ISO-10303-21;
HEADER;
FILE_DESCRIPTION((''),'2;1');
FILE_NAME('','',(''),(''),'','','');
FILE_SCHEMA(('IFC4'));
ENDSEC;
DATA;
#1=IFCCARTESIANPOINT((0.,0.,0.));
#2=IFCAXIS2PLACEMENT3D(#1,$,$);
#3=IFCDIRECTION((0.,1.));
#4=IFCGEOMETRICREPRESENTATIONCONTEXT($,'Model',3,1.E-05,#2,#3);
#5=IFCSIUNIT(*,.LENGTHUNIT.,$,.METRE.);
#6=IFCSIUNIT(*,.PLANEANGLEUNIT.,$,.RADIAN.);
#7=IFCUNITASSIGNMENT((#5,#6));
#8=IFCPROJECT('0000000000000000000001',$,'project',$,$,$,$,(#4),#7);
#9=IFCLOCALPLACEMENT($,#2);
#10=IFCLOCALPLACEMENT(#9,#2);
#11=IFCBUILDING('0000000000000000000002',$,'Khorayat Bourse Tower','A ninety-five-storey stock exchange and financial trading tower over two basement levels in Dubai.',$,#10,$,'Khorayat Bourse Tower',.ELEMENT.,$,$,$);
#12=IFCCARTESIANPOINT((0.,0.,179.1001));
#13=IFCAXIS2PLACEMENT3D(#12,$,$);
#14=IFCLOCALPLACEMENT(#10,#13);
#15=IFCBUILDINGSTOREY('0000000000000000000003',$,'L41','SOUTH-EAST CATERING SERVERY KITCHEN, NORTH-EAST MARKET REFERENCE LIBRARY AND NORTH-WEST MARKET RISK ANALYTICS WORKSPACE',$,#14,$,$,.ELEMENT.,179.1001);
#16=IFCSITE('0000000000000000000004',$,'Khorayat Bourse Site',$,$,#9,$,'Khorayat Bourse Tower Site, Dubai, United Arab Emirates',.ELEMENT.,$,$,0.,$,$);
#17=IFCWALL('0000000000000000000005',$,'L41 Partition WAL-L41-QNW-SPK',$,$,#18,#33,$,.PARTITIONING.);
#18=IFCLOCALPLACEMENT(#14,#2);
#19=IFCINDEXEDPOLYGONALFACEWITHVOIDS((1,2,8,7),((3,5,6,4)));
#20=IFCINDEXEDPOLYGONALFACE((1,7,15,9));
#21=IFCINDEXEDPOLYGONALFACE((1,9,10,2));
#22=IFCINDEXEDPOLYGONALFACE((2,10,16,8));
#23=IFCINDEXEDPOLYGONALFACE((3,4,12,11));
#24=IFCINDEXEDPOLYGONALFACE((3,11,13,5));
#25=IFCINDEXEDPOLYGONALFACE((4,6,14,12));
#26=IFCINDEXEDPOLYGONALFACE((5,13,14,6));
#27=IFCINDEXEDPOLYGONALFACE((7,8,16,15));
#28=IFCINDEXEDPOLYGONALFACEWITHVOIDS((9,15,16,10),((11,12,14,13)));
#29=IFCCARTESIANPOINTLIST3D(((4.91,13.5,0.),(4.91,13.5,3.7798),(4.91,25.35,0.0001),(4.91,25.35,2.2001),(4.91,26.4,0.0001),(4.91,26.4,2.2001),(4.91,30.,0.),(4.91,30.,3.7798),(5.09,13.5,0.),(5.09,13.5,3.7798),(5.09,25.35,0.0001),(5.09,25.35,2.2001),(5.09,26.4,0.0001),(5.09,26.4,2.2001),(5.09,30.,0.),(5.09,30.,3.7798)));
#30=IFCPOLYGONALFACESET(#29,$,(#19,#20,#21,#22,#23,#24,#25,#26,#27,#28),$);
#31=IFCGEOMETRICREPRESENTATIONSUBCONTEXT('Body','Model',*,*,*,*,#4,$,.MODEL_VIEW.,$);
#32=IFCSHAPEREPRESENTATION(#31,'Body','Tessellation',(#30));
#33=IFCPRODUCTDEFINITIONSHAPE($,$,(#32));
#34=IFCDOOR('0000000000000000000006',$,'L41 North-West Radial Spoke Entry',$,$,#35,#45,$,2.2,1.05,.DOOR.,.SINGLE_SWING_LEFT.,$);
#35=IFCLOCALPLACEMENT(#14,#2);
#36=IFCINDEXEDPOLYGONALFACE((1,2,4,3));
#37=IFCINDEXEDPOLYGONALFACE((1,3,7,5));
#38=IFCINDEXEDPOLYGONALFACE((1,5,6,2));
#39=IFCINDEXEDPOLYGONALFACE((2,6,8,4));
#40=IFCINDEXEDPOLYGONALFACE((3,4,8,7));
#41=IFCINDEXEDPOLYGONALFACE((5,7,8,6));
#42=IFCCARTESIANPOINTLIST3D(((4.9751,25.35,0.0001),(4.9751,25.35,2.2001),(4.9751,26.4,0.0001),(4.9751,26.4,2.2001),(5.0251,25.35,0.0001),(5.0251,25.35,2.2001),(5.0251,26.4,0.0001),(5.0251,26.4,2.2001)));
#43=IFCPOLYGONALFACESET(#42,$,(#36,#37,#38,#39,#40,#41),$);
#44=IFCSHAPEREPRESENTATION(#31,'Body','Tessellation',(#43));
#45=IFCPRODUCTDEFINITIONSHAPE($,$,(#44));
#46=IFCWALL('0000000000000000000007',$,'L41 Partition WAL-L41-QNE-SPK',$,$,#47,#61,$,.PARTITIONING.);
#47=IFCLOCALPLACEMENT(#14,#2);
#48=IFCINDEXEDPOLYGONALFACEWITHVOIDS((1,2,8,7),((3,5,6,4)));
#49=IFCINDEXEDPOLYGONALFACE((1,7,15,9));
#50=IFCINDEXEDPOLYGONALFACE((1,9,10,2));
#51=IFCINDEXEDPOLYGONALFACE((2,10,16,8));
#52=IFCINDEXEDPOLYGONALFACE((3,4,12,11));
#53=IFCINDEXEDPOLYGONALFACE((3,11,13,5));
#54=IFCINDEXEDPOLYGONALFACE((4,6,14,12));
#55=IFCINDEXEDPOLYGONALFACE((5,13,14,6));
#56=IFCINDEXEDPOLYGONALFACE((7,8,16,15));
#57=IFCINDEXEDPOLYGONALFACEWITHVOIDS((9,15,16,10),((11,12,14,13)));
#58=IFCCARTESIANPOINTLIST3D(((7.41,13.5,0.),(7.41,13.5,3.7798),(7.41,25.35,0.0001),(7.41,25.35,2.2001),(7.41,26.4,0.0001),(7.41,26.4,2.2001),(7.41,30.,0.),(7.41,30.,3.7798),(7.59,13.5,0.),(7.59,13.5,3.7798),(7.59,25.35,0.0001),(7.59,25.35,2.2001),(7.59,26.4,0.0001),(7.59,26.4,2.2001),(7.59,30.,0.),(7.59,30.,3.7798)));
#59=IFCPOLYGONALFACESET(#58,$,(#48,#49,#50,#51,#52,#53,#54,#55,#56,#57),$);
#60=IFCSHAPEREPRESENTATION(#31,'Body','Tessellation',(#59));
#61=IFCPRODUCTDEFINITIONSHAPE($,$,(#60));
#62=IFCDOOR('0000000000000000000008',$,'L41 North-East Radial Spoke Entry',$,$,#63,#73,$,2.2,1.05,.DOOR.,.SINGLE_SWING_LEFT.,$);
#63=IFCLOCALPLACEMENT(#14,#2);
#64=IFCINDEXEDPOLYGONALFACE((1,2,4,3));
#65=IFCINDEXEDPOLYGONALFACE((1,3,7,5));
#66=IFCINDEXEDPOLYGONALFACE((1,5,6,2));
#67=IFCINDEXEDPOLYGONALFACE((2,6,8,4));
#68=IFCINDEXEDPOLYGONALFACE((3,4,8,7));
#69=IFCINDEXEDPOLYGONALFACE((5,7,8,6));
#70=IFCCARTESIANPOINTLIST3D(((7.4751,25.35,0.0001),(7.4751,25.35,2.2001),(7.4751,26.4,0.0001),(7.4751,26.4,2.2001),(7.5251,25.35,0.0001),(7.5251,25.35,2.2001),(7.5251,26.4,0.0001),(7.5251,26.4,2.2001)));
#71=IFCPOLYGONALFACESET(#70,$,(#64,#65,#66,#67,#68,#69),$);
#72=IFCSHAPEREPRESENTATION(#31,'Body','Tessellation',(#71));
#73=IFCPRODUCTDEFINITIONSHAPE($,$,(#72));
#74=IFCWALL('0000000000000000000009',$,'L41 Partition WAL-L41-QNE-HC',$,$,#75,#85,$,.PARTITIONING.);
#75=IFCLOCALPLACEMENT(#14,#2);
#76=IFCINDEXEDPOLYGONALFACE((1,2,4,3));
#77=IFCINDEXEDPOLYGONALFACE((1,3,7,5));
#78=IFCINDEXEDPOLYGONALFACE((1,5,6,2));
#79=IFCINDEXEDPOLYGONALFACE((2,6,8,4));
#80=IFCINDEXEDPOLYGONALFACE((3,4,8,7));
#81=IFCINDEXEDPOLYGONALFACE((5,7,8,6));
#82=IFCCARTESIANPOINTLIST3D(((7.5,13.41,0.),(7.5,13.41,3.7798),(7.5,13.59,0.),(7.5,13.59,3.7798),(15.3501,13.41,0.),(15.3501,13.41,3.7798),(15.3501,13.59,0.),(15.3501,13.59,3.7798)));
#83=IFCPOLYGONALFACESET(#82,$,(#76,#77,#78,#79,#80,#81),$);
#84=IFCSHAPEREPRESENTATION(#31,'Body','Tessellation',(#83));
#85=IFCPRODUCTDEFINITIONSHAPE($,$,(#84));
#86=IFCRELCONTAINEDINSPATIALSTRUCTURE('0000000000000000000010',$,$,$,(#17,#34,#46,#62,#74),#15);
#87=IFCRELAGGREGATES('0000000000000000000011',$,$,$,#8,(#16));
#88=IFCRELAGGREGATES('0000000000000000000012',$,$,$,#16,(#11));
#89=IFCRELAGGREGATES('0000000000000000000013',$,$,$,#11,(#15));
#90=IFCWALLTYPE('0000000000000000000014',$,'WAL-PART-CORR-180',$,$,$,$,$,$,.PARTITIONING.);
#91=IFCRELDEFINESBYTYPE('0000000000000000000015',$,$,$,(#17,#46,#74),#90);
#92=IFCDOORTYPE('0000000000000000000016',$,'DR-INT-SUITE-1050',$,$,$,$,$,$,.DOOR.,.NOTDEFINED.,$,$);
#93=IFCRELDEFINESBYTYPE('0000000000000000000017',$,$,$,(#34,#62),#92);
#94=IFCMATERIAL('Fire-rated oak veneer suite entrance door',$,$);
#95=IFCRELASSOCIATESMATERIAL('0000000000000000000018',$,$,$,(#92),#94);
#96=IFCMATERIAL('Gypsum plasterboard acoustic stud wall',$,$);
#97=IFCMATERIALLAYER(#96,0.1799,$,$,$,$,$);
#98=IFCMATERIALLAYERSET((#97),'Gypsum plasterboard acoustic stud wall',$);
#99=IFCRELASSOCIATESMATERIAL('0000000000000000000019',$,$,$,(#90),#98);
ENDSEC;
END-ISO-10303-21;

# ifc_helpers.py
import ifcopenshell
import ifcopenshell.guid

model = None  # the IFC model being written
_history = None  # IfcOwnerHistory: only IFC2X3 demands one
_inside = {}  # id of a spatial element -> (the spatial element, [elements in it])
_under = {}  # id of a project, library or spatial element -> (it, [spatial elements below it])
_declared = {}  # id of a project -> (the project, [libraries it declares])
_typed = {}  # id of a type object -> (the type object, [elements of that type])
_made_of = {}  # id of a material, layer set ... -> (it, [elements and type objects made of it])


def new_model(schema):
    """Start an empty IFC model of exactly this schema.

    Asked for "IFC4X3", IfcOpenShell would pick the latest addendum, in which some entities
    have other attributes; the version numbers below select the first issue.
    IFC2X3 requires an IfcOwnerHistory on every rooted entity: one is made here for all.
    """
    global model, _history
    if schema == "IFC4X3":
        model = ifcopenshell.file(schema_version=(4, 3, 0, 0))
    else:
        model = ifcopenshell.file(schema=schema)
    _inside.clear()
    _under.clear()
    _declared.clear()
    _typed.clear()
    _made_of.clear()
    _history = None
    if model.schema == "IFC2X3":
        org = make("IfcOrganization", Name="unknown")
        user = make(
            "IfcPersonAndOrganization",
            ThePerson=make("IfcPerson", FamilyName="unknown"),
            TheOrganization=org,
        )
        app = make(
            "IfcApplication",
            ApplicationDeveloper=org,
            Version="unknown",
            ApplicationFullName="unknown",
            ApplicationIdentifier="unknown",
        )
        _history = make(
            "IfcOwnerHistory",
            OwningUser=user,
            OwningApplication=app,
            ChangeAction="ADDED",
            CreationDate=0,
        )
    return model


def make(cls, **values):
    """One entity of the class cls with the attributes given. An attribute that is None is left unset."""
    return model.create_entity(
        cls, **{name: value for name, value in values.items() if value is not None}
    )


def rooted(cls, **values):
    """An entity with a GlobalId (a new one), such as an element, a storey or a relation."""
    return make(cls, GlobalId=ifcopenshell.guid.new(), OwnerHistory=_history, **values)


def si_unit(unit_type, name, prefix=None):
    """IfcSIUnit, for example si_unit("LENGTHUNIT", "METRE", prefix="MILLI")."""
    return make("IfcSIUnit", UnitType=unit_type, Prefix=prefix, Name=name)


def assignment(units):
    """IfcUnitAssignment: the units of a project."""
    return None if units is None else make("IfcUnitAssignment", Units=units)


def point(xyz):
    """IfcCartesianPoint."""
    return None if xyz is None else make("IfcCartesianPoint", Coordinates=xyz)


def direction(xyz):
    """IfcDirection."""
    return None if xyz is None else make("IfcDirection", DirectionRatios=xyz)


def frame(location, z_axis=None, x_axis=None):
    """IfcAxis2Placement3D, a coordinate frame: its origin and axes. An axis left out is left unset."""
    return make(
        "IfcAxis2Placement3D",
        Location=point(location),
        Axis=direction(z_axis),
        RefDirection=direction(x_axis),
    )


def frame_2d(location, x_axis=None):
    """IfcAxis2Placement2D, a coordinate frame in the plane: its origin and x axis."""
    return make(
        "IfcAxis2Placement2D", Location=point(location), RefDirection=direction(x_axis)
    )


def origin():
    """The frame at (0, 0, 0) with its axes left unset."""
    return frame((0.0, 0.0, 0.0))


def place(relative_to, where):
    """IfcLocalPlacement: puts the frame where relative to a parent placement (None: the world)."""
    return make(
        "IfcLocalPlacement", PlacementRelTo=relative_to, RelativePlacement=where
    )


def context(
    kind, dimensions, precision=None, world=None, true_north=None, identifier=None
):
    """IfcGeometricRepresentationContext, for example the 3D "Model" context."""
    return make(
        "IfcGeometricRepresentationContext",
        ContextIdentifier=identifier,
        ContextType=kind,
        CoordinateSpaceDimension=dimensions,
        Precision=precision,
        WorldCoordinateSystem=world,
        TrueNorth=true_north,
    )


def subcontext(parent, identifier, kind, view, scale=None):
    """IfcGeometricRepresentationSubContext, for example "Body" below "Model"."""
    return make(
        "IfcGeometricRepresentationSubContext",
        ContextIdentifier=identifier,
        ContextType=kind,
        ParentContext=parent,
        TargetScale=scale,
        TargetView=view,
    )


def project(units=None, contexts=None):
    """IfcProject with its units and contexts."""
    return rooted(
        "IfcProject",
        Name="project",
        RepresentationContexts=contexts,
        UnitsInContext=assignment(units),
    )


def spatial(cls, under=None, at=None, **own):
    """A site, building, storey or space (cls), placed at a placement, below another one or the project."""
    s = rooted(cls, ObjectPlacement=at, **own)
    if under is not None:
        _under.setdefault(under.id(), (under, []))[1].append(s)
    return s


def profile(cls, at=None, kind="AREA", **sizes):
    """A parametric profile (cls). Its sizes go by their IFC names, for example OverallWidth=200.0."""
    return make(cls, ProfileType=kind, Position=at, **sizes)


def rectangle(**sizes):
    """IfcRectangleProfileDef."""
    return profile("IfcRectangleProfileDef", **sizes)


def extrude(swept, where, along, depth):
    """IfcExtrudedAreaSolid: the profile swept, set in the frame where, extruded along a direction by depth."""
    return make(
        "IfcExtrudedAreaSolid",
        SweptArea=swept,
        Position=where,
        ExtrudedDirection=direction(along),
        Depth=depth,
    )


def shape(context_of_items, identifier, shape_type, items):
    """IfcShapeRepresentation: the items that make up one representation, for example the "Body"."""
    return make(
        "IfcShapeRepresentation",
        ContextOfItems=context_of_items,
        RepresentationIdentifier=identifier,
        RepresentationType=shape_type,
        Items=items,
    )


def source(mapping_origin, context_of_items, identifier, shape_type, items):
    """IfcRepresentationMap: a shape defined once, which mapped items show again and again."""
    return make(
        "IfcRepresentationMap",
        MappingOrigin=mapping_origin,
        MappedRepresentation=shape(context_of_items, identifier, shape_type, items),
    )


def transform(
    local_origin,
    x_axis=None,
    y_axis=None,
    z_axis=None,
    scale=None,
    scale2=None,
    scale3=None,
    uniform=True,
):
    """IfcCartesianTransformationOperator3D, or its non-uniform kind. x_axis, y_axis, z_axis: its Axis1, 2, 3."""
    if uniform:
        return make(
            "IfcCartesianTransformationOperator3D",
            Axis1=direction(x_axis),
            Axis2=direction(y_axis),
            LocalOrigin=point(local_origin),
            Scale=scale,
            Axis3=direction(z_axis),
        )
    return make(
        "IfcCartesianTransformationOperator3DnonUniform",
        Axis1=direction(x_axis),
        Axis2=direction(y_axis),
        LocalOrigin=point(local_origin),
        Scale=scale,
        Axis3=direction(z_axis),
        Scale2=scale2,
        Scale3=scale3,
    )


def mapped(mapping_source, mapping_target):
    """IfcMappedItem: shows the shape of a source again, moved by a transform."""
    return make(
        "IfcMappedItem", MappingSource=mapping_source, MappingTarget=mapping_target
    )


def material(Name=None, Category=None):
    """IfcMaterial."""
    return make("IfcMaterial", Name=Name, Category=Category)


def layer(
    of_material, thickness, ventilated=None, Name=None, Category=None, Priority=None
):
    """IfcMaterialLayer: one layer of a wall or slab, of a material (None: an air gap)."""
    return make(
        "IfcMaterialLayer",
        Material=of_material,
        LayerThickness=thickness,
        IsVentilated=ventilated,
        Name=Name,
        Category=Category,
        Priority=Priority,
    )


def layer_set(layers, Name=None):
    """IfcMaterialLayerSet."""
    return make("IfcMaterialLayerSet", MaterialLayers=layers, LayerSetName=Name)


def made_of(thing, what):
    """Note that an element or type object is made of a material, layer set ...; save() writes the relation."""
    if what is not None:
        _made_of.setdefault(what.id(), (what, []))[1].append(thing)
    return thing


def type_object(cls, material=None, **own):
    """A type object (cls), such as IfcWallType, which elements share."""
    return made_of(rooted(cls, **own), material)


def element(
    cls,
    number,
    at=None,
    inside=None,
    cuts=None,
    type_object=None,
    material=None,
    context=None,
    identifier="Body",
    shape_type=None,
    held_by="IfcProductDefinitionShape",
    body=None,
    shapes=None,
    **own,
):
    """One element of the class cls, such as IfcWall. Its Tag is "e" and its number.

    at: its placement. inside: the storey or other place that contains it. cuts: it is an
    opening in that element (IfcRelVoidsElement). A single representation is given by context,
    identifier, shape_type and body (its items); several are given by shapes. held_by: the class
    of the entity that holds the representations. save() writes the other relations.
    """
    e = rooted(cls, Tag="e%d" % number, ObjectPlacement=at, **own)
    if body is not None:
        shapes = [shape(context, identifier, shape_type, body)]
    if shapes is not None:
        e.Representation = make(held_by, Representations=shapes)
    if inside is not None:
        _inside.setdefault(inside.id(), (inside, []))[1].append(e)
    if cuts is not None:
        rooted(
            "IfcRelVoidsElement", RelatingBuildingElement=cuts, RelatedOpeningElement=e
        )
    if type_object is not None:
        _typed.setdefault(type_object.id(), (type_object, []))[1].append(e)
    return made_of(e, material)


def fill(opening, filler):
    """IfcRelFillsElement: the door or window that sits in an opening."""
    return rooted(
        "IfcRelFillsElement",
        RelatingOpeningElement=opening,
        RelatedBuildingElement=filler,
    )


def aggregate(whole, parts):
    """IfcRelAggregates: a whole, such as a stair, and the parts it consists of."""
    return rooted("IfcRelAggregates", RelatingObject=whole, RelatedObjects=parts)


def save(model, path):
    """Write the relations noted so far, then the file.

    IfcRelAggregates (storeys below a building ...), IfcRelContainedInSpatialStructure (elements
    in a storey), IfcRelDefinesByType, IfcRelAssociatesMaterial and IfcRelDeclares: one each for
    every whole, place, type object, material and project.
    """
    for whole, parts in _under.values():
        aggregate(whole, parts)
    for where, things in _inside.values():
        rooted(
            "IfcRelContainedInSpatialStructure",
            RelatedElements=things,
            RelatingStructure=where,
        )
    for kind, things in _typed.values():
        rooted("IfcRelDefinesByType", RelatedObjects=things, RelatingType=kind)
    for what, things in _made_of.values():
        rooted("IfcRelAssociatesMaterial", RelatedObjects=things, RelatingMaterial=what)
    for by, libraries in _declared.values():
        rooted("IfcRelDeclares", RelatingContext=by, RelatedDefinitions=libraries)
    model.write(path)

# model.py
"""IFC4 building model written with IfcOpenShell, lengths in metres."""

from ifc_helpers import new_model, si_unit, direction, frame, frame_2d, origin, place, context, subcontext, project, spatial, rectangle, extrude, source, transform, mapped, material, layer, layer_set, type_object, element, fill, save


model = new_model("IFC4")

# Units and contexts
model_context = context("Model", 3, precision=1e-05, world=origin(), true_north=direction((0.0, 1.0)))
body_context = subcontext(model_context, "Body", "Model", "MODEL_VIEW")
ifc_project = project(units=[si_unit("LENGTHUNIT", "METRE"), si_unit("PLANEANGLEUNIT", "RADIAN")], contexts=[model_context])

# Site, building, storey
site_placement = place(None, origin())
site = spatial("IfcSite", under=ifc_project, at=site_placement, Name="Khorayat Bourse Site", LongName="Khorayat Bourse Tower Site, Dubai, United Arab Emirates", CompositionType="ELEMENT", RefElevation=0.0)
building_placement = place(site_placement, origin())
building = spatial("IfcBuilding", under=site, at=building_placement, Name="Khorayat Bourse Tower", Description="A ninety-five-storey stock exchange and financial trading tower over two basement levels in Dubai.", LongName="Khorayat Bourse Tower", CompositionType="ELEMENT")
storey_placement = place(building_placement, frame((0.0, 0.0, 179.1001)))
storey = spatial("IfcBuildingStorey", under=building, at=storey_placement, Name="L41", Description="SOUTH-EAST CATERING SERVERY KITCHEN, NORTH-EAST MARKET REFERENCE LIBRARY AND NORTH-WEST MARKET RISK ANALYTICS WORKSPACE", CompositionType="ELEMENT", Elevation=179.1001)

# Shared definitions
ifc_material_1 = material(Name="Fire-rated oak veneer suite entrance door")
door_type_1 = type_object("IfcDoorType", Name="DR-INT-SUITE-1050", OperationType="NOTDEFINED", PredefinedType="DOOR", material=ifc_material_1)
shared_shape_1 = source(origin(), body_context, "Body", "SweptSolid", [
    extrude(rectangle(XDim=1.05, YDim=2.2, at=frame_2d((0.5249, 1.1001))), frame((0.0, 0.0249, 0.0), z_axis=(0.0, -1.0, 0.0), x_axis=(1.0, 0.0, 0.0)), (0.0, 0.0, 1.0), 0.05),
])

# Shared definitions
ifc_material_2 = material(Name="Gypsum plasterboard acoustic stud wall")
ifc_layer_1 = layer(ifc_material_2, 0.1799)
ifc_layer_set_1 = layer_set([ifc_layer_1], Name="Gypsum plasterboard acoustic stud wall")
wall_type_1 = type_object("IfcWallType", Name="WAL-PART-CORR-180", PredefinedType="PARTITIONING", material=ifc_layer_set_1)

# Walls, openings, doors
shared_shape_2 = source(origin(), body_context, "Body", "SweptSolid", [
    extrude(rectangle(XDim=16.5, YDim=0.1799, at=frame_2d((8.25, 0.0))), origin(), (0.0, 0.0, 1.0), 3.7798),
])
wall_1_placement = place(storey_placement, frame((5.0, 13.5, 0.0), z_axis=(0.0, 0.0, 1.0), x_axis=(0.0, 1.0, 0.0)))
wall_1 = element("IfcWall", 1, at=wall_1_placement, inside=storey, type_object=wall_type_1, Name="L41 Partition WAL-L41-QNW-SPK", PredefinedType="PARTITIONING", context=body_context, shape_type="MappedRepresentation", body=[
    mapped(shared_shape_2, transform((0.0, 0.0, 0.0), scale=1.0)),
])
shared_shape_3 = source(origin(), body_context, "Body", "SweptSolid", [
    extrude(rectangle(XDim=1.05, YDim=2.2, at=frame_2d((0.5249, 1.1001))), frame((0.0, 0.0999, 0.0), z_axis=(0.0, -1.0, 0.0), x_axis=(1.0, 0.0, 0.0)), (0.0, 0.0, 1.0), 0.2),
])
opening_1_placement = place(wall_1_placement, frame((11.8501, 0.0, 0.0)))
opening_1 = element("IfcOpeningElement", 2, at=opening_1_placement, cuts=wall_1, PredefinedType="OPENING", context=body_context, shape_type="MappedRepresentation", body=[
    mapped(shared_shape_3, transform((0.0, 0.0, 0.0), scale=1.0)),
])
door_1_placement = place(opening_1_placement, origin())
door_1 = element("IfcDoor", 3, at=door_1_placement, inside=storey, type_object=door_type_1, Name="L41 North-West Radial Spoke Entry", OperationType="SINGLE_SWING_LEFT", OverallHeight=2.2, OverallWidth=1.05, PredefinedType="DOOR", context=body_context, shape_type="MappedRepresentation", body=[
    mapped(shared_shape_1, transform((0.0, 0.0, 0.0), scale=1.0)),
])
fill(opening_1, door_1)
wall_2_placement = place(storey_placement, frame((7.5, 13.5, 0.0), z_axis=(0.0, 0.0, 1.0), x_axis=(0.0, 1.0, 0.0)))
wall_2 = element("IfcWall", 4, at=wall_2_placement, inside=storey, type_object=wall_type_1, Name="L41 Partition WAL-L41-QNE-SPK", PredefinedType="PARTITIONING", context=body_context, shape_type="MappedRepresentation", body=[
    mapped(shared_shape_2, transform((0.0, 0.0, 0.0), scale=1.0)),
])
opening_2_placement = place(wall_2_placement, frame((11.8501, 0.0, 0.0)))
opening_2 = element("IfcOpeningElement", 5, at=opening_2_placement, cuts=wall_2, PredefinedType="OPENING", context=body_context, shape_type="MappedRepresentation", body=[
    mapped(shared_shape_3, transform((0.0, 0.0, 0.0), scale=1.0)),
])
door_2_placement = place(opening_2_placement, origin())
door_2 = element("IfcDoor", 6, at=door_2_placement, inside=storey, type_object=door_type_1, Name="L41 North-East Radial Spoke Entry", OperationType="SINGLE_SWING_LEFT", OverallHeight=2.2, OverallWidth=1.05, PredefinedType="DOOR", context=body_context, shape_type="MappedRepresentation", body=[
    mapped(shared_shape_1, transform((0.0, 0.0, 0.0), scale=1.0)),
])
fill(opening_2, door_2)

# Wall
shared_shape_4 = source(origin(), body_context, "Body", "SweptSolid", [
    extrude(rectangle(XDim=7.8501, YDim=0.1799, at=frame_2d((3.925, 0.0))), origin(), (0.0, 0.0, 1.0), 3.7798),
])
wall_3_placement = place(storey_placement, frame((7.5, 13.5, 0.0), z_axis=(0.0, 0.0, 1.0), x_axis=(1.0, 0.0, 0.0)))
element("IfcWall", 7, at=wall_3_placement, inside=storey, type_object=wall_type_1, Name="L41 Partition WAL-L41-QNE-HC", PredefinedType="PARTITIONING", context=body_context, shape_type="MappedRepresentation", body=[
    mapped(shared_shape_4, transform((0.0, 0.0, 0.0), scale=1.0)),
])

save(model, "model.ifc")
